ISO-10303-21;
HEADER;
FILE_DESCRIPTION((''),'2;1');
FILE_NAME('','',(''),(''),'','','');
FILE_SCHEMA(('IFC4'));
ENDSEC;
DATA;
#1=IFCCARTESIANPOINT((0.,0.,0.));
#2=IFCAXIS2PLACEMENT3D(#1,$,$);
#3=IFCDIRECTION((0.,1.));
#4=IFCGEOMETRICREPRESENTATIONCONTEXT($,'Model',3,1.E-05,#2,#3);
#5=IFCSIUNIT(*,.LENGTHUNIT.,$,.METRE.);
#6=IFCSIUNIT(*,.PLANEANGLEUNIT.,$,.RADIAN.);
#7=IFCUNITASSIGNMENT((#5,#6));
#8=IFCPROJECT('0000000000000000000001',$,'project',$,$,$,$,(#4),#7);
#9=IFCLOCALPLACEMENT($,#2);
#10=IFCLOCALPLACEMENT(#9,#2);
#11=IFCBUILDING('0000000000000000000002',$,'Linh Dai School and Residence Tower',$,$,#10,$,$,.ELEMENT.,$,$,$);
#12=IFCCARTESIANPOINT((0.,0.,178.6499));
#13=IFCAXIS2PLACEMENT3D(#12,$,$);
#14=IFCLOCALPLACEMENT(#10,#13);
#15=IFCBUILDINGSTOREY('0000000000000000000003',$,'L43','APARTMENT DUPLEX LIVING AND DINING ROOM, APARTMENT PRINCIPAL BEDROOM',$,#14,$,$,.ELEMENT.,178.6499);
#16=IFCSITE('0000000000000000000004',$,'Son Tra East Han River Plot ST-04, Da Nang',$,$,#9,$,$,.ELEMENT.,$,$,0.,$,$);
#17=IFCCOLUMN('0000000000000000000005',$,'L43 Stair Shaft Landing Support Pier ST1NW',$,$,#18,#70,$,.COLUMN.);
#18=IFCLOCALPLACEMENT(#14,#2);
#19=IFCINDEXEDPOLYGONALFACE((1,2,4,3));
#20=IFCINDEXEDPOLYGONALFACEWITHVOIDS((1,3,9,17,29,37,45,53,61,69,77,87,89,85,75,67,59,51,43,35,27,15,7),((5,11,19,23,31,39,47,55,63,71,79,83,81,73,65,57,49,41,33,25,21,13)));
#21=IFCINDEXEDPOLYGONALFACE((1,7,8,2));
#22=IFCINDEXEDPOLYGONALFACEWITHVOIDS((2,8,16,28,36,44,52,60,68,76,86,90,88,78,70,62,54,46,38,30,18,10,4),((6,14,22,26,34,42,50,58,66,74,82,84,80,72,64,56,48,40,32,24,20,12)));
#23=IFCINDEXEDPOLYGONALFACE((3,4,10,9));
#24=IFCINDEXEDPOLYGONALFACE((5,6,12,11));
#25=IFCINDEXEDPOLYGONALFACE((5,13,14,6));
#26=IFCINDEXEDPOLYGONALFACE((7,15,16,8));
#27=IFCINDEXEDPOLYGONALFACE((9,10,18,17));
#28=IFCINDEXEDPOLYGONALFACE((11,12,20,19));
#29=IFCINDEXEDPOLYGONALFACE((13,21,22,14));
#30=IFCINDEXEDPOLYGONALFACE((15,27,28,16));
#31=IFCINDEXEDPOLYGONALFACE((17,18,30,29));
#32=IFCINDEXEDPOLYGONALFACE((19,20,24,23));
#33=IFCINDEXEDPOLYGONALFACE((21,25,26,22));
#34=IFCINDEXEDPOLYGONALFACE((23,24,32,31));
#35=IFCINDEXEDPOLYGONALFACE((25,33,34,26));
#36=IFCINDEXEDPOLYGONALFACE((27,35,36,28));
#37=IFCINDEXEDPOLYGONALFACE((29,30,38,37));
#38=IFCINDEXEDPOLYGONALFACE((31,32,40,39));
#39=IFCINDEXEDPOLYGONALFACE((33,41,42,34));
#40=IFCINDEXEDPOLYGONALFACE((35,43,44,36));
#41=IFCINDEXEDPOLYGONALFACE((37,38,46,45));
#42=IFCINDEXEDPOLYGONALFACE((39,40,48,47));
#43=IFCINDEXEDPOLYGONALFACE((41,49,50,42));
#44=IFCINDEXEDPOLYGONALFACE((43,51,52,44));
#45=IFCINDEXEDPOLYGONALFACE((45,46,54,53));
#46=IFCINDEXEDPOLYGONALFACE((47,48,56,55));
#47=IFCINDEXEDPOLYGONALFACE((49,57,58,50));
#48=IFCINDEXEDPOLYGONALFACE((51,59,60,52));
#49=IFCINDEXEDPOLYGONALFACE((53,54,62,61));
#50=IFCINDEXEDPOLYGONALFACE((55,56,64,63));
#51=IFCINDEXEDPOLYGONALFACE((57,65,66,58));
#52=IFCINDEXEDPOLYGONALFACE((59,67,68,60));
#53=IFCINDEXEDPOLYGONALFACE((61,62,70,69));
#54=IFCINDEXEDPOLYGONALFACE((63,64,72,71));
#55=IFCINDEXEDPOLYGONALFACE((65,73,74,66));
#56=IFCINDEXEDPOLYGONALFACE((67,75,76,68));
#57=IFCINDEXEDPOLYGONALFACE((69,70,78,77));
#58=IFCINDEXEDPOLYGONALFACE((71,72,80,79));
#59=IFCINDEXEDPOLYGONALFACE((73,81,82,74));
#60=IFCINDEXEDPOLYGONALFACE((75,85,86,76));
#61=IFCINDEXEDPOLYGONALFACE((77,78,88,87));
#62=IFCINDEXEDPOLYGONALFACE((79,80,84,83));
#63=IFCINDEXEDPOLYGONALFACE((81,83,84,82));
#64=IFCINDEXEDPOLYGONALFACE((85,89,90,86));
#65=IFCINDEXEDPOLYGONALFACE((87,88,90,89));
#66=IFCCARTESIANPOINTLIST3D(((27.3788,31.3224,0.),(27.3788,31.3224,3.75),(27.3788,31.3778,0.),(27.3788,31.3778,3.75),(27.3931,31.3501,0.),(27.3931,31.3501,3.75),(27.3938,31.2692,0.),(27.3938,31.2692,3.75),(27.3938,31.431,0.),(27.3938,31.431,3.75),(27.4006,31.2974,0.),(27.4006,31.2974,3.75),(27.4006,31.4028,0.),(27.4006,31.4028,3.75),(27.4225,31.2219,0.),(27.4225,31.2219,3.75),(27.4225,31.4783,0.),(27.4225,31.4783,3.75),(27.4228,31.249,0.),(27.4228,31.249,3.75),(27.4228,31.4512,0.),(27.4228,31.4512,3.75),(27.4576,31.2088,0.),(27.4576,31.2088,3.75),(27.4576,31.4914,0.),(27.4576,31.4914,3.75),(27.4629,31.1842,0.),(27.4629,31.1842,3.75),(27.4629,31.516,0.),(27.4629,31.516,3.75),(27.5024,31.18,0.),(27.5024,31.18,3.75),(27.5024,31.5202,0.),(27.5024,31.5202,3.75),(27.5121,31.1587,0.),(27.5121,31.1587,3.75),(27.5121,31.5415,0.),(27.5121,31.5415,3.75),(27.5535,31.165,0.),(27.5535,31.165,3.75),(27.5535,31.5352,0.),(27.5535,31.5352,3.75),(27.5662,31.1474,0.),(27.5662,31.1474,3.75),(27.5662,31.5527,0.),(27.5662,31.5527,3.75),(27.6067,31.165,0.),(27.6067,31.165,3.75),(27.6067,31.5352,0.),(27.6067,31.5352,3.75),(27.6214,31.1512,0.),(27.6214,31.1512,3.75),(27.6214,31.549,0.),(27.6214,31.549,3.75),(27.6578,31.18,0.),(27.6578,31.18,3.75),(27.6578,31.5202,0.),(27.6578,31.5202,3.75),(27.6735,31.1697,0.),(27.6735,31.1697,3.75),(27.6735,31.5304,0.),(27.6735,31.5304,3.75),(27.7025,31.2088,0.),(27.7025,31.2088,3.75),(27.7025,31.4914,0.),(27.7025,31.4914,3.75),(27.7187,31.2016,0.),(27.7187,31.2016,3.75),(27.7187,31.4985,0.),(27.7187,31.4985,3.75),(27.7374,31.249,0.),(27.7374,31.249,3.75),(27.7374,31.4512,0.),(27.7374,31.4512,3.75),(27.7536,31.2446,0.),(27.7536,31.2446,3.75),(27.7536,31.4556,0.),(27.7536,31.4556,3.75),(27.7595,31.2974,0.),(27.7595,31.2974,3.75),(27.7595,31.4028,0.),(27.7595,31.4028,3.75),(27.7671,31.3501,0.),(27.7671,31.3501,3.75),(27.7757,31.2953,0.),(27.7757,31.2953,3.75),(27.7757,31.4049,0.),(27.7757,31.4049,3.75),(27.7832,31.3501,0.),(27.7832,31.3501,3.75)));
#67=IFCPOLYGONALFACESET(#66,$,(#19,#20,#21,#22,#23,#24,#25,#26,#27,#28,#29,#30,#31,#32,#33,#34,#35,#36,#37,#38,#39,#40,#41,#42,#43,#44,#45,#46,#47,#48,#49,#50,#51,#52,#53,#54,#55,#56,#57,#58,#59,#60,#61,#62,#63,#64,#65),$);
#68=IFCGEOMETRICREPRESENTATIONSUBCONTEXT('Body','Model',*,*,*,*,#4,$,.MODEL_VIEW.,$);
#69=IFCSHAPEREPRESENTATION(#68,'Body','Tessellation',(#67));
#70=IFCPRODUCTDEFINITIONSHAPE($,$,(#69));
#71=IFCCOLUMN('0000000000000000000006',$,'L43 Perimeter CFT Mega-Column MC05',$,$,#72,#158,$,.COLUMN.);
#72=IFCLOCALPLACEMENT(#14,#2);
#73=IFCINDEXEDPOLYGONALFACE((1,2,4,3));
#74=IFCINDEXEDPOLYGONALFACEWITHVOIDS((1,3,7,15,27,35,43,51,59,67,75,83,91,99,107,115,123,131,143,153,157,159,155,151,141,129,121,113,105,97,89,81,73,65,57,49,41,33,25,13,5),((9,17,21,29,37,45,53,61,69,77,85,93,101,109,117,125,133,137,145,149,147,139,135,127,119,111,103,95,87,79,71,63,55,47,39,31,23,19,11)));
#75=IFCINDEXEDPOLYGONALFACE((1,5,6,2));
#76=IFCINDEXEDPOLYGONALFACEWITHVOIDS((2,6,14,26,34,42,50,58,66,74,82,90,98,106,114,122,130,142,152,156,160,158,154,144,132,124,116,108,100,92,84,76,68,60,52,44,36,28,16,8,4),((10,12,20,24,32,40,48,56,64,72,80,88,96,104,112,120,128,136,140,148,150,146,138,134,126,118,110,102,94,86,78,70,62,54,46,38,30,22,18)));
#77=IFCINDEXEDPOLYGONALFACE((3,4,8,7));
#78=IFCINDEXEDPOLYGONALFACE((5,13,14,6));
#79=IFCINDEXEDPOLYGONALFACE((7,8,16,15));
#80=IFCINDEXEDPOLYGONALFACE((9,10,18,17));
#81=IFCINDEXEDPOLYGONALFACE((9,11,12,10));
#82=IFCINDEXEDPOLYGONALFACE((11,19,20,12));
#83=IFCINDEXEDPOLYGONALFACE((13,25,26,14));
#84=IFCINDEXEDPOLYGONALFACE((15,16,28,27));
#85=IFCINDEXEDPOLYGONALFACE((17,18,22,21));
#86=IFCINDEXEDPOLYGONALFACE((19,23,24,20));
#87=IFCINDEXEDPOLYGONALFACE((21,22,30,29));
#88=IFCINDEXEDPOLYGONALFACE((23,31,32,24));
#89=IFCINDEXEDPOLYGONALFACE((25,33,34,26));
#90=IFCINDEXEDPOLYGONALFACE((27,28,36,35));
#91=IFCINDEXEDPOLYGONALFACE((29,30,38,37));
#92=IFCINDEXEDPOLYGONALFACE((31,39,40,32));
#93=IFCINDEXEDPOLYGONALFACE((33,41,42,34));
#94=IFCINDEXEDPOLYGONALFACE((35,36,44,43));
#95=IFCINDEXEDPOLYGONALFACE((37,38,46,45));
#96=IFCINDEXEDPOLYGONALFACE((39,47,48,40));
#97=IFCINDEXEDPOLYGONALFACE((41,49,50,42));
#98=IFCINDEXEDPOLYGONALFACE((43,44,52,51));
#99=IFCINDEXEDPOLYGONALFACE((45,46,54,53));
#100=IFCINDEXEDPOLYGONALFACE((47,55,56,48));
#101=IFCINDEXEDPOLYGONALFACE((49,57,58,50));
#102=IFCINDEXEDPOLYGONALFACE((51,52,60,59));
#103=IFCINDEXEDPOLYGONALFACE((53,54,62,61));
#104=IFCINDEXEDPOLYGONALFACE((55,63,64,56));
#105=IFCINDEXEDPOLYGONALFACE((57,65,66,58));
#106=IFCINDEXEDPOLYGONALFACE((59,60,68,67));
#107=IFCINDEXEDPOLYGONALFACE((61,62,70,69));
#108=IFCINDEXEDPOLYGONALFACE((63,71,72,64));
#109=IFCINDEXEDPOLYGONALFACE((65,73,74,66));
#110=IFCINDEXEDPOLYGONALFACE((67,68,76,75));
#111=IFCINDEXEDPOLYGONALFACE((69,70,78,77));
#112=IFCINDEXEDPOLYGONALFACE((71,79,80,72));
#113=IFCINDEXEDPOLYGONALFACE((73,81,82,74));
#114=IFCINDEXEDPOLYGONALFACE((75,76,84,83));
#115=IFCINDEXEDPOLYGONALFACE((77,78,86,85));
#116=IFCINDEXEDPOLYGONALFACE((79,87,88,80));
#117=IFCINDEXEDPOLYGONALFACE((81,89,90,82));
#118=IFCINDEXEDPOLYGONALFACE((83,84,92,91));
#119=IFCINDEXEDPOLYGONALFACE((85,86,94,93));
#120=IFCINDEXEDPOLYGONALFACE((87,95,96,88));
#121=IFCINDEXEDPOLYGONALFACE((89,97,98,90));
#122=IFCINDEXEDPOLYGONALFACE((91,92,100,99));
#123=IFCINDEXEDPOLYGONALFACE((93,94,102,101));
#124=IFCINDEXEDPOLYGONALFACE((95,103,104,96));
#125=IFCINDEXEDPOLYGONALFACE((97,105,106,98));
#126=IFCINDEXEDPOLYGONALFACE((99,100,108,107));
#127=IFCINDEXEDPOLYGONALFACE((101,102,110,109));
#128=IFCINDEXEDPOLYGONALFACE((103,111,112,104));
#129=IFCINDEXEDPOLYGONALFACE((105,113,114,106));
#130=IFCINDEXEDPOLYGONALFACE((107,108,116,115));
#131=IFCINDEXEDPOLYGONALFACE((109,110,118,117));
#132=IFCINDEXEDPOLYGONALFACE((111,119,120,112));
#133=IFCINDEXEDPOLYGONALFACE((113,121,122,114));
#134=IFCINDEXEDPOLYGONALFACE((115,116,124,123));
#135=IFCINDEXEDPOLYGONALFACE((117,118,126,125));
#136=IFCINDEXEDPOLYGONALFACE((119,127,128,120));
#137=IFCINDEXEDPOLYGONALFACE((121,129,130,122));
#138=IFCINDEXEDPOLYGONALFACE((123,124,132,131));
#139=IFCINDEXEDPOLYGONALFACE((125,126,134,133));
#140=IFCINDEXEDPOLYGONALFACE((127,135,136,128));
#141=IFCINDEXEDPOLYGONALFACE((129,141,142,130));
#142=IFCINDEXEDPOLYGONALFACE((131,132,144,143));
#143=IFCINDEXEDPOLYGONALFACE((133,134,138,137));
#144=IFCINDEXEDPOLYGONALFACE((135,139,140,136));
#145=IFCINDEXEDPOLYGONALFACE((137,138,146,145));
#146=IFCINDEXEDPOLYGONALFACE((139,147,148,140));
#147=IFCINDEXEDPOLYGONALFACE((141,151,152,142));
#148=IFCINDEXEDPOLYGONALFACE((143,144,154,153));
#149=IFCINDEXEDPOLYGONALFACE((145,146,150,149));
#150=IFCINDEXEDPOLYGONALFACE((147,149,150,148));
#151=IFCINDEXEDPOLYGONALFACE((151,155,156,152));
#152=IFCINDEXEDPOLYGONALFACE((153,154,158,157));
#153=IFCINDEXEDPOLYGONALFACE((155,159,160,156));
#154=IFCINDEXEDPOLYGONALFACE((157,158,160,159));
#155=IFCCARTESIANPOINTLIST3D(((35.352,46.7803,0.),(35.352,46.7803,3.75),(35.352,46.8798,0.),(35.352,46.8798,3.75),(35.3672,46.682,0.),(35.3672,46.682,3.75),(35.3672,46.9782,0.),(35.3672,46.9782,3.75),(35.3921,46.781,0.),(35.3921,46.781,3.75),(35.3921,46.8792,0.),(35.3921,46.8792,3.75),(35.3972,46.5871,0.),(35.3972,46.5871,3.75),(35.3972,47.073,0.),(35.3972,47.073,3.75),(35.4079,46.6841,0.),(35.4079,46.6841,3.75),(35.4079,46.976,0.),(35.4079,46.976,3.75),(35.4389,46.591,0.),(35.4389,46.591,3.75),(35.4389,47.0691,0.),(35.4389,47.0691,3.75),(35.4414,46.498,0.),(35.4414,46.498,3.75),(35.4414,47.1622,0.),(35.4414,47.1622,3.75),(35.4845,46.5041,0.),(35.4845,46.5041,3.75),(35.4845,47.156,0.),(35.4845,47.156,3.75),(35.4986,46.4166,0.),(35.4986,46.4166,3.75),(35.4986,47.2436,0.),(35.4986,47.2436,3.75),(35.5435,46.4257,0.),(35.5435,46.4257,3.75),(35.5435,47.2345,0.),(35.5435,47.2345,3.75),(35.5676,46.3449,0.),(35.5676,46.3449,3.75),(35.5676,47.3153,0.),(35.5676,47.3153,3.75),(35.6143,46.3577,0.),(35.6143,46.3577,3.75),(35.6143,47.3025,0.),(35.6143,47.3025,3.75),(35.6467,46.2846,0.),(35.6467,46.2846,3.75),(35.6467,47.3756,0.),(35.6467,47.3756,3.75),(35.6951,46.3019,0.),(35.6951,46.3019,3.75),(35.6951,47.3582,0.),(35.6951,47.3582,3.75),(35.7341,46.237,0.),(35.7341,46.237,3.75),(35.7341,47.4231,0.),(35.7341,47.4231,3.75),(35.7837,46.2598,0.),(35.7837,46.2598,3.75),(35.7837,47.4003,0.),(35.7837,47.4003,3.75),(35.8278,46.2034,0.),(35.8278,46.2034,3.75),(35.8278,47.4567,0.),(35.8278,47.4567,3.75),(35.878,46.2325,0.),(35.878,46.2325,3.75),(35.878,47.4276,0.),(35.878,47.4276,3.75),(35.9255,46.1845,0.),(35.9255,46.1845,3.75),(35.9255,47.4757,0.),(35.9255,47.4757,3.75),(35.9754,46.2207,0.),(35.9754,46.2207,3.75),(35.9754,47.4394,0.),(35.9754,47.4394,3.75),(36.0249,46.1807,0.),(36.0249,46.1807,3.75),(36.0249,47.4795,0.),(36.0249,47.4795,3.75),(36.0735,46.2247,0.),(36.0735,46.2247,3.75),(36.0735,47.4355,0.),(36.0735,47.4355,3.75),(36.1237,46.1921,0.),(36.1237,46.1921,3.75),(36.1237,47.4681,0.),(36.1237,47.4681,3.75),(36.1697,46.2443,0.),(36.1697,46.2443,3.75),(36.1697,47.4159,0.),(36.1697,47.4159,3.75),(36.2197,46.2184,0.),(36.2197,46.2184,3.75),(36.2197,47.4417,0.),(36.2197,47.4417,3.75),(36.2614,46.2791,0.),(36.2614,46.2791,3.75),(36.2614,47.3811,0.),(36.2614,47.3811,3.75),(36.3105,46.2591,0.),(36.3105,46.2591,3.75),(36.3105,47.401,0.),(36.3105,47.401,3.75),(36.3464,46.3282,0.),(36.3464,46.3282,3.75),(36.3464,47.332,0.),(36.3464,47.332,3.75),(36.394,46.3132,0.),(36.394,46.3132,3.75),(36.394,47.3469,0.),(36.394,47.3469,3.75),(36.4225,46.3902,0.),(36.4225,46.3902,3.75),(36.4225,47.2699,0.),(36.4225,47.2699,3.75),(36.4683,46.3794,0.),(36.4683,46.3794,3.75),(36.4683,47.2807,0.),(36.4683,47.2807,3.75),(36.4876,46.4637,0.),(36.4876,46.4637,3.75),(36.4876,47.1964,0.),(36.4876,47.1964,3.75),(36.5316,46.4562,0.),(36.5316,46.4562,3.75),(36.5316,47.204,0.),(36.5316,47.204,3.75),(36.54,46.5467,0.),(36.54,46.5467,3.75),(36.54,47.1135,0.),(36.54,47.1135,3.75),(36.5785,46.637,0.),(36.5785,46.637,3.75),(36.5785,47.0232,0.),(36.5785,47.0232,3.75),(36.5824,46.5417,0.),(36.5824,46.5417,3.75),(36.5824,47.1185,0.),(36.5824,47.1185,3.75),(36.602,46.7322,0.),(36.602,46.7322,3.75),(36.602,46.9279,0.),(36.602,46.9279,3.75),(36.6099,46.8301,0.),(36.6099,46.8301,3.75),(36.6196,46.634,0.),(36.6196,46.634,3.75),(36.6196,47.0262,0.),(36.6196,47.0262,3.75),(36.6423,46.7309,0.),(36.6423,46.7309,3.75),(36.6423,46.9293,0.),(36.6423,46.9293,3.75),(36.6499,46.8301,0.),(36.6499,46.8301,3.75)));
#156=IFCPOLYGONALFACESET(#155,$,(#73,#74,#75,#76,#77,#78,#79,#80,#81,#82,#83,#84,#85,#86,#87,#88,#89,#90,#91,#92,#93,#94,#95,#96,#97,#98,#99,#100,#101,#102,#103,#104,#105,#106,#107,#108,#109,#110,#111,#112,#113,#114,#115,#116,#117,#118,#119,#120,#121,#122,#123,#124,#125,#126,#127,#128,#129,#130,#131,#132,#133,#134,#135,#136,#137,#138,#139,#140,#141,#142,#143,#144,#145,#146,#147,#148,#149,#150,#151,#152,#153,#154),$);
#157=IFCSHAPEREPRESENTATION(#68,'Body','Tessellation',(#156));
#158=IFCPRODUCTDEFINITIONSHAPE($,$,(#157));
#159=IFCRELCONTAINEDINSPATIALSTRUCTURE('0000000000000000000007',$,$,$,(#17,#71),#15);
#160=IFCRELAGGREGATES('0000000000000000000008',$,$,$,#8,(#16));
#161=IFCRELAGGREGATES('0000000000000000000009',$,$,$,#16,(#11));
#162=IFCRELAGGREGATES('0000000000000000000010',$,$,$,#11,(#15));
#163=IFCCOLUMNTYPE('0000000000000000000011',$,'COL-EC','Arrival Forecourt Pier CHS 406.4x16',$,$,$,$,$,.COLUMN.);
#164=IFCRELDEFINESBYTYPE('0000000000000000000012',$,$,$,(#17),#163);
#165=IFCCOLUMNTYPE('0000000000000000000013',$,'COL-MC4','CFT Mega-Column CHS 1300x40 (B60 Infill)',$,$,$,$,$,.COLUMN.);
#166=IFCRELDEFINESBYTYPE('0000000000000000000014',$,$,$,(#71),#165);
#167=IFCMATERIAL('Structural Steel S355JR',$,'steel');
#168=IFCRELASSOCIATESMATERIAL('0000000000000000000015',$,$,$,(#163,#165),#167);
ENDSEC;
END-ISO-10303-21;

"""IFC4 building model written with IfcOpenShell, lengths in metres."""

from ifc_helpers import new_model, si_unit, direction, frame, origin, origin_2d, place, context, subcontext, project, spatial, hollow_circle, extrude, material, material_profile, profile_set, type_object, element, save


model = new_model("IFC4")

# Units and contexts
model_context = context("Model", 3, precision=1e-05, world=origin(), true_north=direction((0.0, 1.0)))
body_context = subcontext(model_context, "Body", "Model", "MODEL_VIEW")
ifc_project = project(units=[si_unit("LENGTHUNIT", "METRE"), si_unit("PLANEANGLEUNIT", "RADIAN")], contexts=[model_context])

# Site, building, storey
site_placement = place(None, origin())
site = spatial("IfcSite", under=ifc_project, at=site_placement, Name="Son Tra East Han River Plot ST-04, Da Nang", CompositionType="ELEMENT", RefElevation=0.0)
building_placement = place(site_placement, origin())
building = spatial("IfcBuilding", under=site, at=building_placement, Name="Linh Dai School and Residence Tower", CompositionType="ELEMENT")
storey_placement = place(building_placement, frame((0.0, 0.0, 178.6499)))
storey = spatial("IfcBuildingStorey", under=building, at=storey_placement, Name="L43", Description="APARTMENT DUPLEX LIVING AND DINING ROOM, APARTMENT PRINCIPAL BEDROOM", CompositionType="ELEMENT", Elevation=178.6499)

# Columns
ifc_material_1 = material(Name="Structural Steel S355JR", Category="steel")
ifc_material_profile_1 = material_profile(ifc_material_1, hollow_circle(Radius=0.2031, WallThickness=0.0161, at=origin_2d()), Name="CHS 406.4x16")
ifc_profile_set_1 = profile_set([ifc_material_profile_1], Name="Structural Steel S355JR")
column_type_1 = type_object("IfcColumnType", Name="COL-EC", Description="Arrival Forecourt Pier CHS 406.4x16", PredefinedType="COLUMN", material=ifc_profile_set_1)
column_1_placement = place(storey_placement, frame((27.5801, 31.3501, 0.0), z_axis=(0.0, 0.0, 1.0), x_axis=(1.0, 0.0, 0.0)))
element("IfcColumn", 1, at=column_1_placement, inside=storey, type_object=column_type_1, Name="L43 Stair Shaft Landing Support Pier ST1NW", PredefinedType="COLUMN", context=body_context, shape_type="SweptSolid", body=[
    extrude(hollow_circle(Radius=0.2031, WallThickness=0.0161, at=origin_2d()), origin(), (0.0, 0.0, 1.0), 3.75),
])
ifc_material_profile_2 = material_profile(ifc_material_1, hollow_circle(Radius=0.6499, WallThickness=0.04, at=origin_2d()), Name="CHS 1300x40")
ifc_profile_set_2 = profile_set([ifc_material_profile_2], Name="Structural Steel S355JR")
column_type_2 = type_object("IfcColumnType", Name="COL-MC4", Description="CFT Mega-Column CHS 1300x40 (B60 Infill)", PredefinedType="COLUMN", material=ifc_profile_set_2)
for number, where, z_axis, x_axis, name in (
    (2, (36.0, 46.8301, 0.0), (0.0, 0.0, 1.0), (1.0, 0.0, 0.0), "L43 Perimeter CFT Mega-Column MC05"),
):
    element("IfcColumn", number, at=place(storey_placement, frame(where, z_axis=z_axis, x_axis=x_axis)), inside=storey, type_object=column_type_2, Name=name, PredefinedType="COLUMN", context=body_context, shape_type="SweptSolid", body=[
        extrude(hollow_circle(Radius=0.6499, WallThickness=0.04, at=origin_2d()), origin(), (0.0, 0.0, 1.0), 3.75),
    ])

save(model, "model.ifc")
